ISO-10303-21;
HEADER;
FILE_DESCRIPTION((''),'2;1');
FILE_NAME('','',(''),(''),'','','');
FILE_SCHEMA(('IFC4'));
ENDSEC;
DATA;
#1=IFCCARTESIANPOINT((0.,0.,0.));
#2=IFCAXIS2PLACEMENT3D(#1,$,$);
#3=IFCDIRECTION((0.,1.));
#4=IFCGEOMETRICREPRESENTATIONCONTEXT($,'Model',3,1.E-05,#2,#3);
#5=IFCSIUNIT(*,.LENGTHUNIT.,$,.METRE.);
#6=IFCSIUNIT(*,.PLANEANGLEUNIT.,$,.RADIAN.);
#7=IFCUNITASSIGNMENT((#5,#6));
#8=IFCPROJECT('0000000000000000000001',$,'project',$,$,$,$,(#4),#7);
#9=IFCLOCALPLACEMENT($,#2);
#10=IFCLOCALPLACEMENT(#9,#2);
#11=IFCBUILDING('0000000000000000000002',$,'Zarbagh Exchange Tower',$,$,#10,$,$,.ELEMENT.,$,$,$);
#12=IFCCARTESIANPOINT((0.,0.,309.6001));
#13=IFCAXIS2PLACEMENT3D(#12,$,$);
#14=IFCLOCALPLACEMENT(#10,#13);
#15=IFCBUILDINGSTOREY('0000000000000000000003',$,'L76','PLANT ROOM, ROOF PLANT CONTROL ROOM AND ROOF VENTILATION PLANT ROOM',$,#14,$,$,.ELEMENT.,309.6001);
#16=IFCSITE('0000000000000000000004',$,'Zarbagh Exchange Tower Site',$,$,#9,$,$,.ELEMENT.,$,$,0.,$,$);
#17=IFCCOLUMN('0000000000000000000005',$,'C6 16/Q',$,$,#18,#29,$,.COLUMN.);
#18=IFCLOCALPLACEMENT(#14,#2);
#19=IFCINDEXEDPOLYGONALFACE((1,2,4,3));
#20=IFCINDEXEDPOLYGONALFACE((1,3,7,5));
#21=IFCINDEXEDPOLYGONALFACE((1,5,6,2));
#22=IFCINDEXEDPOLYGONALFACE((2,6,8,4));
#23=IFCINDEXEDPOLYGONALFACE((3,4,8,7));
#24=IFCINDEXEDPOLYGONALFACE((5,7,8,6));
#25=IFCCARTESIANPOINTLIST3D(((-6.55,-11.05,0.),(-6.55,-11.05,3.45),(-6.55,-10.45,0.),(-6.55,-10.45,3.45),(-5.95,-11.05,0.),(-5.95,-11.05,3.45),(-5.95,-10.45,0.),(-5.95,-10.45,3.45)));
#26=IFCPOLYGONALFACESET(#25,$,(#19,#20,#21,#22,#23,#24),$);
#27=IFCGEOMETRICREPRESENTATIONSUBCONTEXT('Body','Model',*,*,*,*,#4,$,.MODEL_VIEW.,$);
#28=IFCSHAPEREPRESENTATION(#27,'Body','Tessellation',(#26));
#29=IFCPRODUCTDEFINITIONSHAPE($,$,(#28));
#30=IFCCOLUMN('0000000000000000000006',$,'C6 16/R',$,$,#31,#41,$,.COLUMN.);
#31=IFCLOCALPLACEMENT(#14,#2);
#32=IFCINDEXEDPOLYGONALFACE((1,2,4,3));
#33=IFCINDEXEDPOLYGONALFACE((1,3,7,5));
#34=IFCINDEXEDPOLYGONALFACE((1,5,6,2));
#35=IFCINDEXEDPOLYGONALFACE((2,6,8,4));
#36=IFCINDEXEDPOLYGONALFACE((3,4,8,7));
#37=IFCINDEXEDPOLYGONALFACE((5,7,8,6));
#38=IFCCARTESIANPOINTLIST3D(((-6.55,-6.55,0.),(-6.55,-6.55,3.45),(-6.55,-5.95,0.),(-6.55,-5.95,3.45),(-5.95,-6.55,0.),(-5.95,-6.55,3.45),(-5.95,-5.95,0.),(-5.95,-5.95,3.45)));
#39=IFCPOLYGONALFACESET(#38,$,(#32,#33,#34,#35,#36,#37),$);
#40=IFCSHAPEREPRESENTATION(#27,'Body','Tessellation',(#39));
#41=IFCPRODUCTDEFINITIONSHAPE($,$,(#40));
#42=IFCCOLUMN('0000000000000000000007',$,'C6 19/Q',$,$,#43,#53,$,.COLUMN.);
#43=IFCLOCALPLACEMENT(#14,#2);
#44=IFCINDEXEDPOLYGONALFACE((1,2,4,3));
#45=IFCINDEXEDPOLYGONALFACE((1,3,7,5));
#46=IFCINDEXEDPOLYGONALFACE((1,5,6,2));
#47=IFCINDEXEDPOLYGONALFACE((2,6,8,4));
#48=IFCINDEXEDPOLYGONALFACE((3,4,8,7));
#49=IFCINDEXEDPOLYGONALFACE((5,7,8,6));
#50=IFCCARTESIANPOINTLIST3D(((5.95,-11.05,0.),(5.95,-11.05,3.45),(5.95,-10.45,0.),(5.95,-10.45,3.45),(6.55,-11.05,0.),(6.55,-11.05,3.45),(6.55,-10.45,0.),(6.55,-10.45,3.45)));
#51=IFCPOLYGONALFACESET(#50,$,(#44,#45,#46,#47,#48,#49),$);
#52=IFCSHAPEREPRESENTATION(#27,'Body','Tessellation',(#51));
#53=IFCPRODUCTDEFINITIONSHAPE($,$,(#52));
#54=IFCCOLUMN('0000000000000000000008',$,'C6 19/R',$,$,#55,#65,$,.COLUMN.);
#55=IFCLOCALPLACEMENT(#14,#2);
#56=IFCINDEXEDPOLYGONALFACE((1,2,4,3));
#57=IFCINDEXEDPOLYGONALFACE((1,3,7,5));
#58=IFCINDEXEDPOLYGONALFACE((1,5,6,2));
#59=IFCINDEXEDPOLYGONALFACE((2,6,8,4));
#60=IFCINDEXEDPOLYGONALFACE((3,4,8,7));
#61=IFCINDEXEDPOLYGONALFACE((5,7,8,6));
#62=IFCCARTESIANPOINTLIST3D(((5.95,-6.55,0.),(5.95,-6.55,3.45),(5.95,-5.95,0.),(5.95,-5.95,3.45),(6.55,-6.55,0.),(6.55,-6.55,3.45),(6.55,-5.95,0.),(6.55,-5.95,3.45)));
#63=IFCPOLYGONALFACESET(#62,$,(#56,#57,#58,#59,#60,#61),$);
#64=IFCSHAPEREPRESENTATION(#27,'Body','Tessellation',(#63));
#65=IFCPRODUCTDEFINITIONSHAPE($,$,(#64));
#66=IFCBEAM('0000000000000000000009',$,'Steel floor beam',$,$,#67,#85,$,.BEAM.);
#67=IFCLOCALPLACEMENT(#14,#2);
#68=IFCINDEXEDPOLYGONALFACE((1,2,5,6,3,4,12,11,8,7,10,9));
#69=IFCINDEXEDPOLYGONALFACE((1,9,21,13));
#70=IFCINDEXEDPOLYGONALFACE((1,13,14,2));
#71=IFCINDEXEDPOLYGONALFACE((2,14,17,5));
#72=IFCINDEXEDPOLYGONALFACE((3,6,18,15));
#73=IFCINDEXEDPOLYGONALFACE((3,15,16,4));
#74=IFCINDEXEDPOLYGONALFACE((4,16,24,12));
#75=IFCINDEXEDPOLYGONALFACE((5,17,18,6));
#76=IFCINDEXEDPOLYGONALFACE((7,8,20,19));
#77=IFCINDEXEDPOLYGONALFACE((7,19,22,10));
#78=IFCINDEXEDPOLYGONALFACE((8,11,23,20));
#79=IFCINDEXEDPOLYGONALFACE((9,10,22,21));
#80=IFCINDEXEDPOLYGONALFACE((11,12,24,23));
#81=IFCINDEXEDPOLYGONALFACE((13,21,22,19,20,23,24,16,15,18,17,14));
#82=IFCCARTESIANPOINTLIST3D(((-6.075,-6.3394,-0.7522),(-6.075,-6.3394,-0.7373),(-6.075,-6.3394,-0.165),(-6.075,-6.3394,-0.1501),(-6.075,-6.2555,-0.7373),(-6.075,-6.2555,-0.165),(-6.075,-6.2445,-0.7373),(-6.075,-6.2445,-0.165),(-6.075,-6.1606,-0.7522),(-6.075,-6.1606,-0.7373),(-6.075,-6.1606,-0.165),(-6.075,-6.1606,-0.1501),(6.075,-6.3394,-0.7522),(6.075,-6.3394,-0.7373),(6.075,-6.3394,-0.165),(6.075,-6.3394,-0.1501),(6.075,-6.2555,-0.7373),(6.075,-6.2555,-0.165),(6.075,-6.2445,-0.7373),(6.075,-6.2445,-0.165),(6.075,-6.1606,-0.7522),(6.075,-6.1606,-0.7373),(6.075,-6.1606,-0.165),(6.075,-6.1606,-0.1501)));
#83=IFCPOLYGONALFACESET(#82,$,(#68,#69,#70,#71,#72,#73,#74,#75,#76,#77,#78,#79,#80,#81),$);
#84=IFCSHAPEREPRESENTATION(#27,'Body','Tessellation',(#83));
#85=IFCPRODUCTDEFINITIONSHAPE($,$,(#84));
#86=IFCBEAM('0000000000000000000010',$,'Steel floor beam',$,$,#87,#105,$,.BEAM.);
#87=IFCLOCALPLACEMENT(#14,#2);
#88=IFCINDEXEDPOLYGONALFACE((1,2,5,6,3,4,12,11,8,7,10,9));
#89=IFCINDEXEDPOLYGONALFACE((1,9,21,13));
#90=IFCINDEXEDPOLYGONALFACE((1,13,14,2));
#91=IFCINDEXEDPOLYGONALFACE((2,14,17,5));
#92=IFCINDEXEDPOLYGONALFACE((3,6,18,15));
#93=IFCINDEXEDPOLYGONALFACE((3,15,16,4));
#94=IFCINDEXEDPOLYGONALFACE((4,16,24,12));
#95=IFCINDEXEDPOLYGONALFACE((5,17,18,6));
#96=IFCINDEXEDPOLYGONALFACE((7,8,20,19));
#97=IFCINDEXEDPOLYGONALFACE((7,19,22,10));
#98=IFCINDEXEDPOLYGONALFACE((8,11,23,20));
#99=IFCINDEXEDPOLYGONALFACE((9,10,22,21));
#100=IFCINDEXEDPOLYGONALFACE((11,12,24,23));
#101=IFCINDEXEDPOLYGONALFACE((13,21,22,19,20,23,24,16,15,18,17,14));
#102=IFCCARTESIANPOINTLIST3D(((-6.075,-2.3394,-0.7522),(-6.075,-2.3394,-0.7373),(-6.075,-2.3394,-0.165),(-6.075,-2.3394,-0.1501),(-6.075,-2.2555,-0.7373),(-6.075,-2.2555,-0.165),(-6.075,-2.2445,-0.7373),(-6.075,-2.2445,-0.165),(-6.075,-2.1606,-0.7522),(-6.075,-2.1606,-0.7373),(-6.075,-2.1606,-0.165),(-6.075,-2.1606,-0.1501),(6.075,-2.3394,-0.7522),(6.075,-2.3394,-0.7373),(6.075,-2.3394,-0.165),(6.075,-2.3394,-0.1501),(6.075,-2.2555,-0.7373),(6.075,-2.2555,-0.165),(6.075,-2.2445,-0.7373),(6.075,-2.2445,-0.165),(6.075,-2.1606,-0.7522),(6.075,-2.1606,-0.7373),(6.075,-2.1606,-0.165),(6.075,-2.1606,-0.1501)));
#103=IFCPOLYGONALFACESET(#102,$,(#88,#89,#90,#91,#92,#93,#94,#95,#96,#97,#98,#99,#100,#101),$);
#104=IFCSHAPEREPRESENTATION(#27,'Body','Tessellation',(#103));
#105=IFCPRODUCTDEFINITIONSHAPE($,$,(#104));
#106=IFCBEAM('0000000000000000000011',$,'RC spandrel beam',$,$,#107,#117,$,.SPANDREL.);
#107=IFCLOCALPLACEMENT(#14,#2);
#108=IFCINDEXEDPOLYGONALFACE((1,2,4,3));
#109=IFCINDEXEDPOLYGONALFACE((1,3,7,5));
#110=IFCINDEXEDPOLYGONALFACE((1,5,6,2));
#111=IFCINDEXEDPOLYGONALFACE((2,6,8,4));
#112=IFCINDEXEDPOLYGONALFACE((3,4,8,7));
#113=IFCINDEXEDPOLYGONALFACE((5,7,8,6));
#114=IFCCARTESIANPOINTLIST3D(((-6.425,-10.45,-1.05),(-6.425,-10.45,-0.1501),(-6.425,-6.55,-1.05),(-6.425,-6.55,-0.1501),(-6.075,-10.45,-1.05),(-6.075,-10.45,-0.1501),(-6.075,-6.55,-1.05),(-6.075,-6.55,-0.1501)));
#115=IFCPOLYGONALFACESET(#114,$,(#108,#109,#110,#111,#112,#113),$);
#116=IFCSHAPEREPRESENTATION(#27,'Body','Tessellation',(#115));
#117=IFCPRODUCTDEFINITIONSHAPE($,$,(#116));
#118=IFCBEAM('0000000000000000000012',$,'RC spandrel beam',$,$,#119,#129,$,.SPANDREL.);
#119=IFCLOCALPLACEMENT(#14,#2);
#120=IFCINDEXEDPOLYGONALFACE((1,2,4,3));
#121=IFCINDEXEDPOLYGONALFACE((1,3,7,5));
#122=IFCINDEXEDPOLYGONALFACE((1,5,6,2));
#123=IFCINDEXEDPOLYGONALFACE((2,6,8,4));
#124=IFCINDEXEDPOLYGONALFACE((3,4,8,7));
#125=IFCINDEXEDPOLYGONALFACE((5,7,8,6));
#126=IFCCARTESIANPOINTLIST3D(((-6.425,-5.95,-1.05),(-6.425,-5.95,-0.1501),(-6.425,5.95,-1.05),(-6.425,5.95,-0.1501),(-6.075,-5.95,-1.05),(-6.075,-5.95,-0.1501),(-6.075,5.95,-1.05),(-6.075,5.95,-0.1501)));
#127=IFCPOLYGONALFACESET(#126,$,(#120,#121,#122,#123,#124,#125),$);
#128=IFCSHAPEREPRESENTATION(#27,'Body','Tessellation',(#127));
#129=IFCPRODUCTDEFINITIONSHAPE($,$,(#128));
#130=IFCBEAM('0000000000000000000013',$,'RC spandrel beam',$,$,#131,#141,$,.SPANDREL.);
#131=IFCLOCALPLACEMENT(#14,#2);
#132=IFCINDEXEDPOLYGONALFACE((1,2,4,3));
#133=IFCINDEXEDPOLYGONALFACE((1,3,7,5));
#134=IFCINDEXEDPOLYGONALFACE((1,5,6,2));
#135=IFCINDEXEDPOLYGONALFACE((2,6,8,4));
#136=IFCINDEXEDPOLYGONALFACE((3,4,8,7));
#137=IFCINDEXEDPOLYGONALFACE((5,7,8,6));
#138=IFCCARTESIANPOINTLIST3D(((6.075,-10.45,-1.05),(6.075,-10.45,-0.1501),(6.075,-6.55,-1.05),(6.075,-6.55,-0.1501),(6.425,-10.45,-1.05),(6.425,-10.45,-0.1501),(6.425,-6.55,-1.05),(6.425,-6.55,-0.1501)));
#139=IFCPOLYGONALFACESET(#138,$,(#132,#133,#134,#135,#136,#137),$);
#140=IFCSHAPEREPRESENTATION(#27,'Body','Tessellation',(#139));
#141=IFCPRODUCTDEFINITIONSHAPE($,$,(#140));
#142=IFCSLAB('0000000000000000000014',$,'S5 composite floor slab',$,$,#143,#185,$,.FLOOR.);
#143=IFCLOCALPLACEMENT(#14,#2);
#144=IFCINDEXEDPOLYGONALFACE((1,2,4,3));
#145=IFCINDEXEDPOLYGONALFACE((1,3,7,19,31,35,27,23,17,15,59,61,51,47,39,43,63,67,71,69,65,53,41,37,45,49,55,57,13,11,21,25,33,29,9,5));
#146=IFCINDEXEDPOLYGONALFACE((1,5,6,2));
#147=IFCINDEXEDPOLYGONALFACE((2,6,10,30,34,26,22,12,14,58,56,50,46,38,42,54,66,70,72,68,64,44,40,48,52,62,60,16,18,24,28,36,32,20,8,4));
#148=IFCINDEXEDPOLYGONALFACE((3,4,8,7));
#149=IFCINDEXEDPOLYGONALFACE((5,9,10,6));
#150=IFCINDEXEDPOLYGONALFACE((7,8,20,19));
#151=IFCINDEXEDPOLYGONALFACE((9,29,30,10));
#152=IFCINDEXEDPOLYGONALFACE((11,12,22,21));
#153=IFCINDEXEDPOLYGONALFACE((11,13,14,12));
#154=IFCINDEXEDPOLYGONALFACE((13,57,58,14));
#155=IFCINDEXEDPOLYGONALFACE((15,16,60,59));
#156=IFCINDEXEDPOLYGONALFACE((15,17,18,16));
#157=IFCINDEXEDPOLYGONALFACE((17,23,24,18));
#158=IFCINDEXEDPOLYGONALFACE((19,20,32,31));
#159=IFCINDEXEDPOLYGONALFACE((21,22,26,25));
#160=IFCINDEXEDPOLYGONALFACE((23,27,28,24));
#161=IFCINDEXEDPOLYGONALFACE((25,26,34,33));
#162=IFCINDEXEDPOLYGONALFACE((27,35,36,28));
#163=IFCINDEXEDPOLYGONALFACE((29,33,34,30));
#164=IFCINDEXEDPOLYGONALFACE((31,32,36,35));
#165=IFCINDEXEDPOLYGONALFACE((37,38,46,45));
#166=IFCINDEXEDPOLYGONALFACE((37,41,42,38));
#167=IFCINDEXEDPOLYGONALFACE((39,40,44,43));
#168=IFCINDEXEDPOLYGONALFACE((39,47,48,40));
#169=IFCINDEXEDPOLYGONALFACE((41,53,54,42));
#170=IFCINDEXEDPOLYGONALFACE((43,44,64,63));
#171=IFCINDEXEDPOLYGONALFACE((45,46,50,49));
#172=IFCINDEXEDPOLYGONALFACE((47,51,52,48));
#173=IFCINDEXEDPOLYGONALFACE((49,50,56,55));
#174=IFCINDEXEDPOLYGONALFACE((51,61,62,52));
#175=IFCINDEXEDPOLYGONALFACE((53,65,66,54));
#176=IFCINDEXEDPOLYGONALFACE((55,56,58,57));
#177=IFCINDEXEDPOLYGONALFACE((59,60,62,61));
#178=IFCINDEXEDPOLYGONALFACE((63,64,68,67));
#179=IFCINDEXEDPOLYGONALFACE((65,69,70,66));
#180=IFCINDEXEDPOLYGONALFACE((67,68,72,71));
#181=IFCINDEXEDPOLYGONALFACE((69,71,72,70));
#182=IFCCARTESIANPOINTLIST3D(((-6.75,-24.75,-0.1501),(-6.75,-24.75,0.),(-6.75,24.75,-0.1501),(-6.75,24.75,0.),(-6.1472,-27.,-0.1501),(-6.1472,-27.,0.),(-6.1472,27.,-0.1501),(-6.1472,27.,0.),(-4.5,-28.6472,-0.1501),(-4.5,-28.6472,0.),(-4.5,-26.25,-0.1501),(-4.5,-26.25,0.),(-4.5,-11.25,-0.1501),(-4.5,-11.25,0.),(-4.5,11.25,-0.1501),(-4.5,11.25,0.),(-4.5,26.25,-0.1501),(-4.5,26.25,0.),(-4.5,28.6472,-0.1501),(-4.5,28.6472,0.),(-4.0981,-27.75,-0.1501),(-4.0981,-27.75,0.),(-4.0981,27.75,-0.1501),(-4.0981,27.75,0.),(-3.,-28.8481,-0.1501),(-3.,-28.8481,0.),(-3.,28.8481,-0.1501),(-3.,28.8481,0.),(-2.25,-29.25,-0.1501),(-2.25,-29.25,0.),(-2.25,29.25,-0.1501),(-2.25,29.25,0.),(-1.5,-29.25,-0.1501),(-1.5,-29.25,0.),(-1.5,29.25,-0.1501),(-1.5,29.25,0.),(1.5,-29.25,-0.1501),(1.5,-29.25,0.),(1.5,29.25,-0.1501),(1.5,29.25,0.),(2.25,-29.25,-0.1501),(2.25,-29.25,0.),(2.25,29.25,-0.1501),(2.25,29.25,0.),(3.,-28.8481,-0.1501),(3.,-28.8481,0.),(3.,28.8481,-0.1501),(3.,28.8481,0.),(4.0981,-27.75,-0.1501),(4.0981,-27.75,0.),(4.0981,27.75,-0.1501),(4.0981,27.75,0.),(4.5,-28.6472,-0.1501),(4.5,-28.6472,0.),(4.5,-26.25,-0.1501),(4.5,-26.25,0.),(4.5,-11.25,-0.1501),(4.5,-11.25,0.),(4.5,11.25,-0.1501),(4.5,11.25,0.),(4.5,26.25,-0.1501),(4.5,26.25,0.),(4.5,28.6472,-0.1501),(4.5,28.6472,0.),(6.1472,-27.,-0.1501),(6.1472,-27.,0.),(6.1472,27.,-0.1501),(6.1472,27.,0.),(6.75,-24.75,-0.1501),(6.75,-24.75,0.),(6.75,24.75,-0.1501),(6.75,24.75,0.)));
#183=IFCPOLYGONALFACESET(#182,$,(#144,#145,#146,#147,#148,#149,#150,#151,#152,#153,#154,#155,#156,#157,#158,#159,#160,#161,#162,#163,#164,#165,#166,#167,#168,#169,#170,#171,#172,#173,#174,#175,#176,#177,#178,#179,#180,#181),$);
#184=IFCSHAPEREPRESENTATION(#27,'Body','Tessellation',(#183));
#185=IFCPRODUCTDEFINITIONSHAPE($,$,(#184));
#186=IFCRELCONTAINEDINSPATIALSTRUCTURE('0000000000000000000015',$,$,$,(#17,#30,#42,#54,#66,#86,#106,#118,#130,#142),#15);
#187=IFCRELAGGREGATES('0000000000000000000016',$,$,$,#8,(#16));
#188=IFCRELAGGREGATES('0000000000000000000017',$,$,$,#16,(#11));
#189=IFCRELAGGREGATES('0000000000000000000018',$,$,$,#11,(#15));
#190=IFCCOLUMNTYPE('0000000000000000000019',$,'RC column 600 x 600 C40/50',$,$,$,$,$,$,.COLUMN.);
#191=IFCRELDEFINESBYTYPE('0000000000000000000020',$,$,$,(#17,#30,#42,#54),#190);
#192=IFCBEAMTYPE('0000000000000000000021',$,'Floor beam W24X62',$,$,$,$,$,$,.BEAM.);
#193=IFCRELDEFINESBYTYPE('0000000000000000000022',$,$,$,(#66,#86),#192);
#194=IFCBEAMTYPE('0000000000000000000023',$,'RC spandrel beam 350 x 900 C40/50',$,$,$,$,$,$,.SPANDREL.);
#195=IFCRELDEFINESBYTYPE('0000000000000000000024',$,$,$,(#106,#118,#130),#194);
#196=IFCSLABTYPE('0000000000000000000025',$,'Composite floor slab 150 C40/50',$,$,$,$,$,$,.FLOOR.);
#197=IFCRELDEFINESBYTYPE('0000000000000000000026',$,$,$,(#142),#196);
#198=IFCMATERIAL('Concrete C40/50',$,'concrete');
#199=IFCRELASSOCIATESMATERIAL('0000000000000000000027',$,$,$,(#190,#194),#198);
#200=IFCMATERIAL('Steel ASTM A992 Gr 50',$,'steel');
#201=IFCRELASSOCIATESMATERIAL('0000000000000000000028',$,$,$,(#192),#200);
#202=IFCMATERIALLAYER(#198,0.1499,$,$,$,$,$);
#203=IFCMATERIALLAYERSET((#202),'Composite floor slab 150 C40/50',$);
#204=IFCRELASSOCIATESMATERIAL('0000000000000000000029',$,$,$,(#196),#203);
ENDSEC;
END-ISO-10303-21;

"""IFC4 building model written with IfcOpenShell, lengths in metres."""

from ifc_helpers import new_model, si_unit, direction, frame, origin, origin_2d, place, context, subcontext, project, spatial, polyline, rectangle, i_section, outline, extrude, material, layer, layer_set, material_profile, profile_set, type_object, element, save


model = new_model("IFC4")

# Units and contexts
model_context = context("Model", 3, precision=1e-05, world=origin(), true_north=direction((0.0, 1.0)))
body_context = subcontext(model_context, "Body", "Model", "MODEL_VIEW")
ifc_project = project(units=[si_unit("LENGTHUNIT", "METRE"), si_unit("PLANEANGLEUNIT", "RADIAN")], contexts=[model_context])

# Site, building, storey
site_placement = place(None, origin())
site = spatial("IfcSite", under=ifc_project, at=site_placement, Name="Zarbagh Exchange Tower Site", CompositionType="ELEMENT", RefElevation=0.0)
building_placement = place(site_placement, origin())
building = spatial("IfcBuilding", under=site, at=building_placement, Name="Zarbagh Exchange Tower", CompositionType="ELEMENT")
storey_placement = place(building_placement, frame((0.0, 0.0, 309.6001)))
storey = spatial("IfcBuildingStorey", under=building, at=storey_placement, Name="L76", Description="PLANT ROOM, ROOF PLANT CONTROL ROOM AND ROOF VENTILATION PLANT ROOM", CompositionType="ELEMENT", Elevation=309.6001)

# Columns
ifc_material_1 = material(Name="Concrete C40/50", Category="concrete")
ifc_material_profile_1 = material_profile(ifc_material_1, rectangle(XDim=0.6001, YDim=0.6001, at=origin_2d()), Name="RC column 600 x 600 C40/50")
ifc_profile_set_1 = profile_set([ifc_material_profile_1], Name="Concrete C40/50")
column_type = type_object("IfcColumnType", Name="RC column 600 x 600 C40/50", PredefinedType="COLUMN", material=ifc_profile_set_1)
for number, where, z_axis, x_axis, name in (
    (1, (-6.25, -10.75, 0.0), (0.0, 0.0, 1.0), (1.0, 0.0, 0.0), "C6 16/Q"),
    (2, (-6.25, -6.25, 0.0), (0.0, 0.0, 1.0), (1.0, 0.0, 0.0), "C6 16/R"),
    (3, (6.25, -10.75, 0.0), (0.0, 0.0, 1.0), (1.0, 0.0, 0.0), "C6 19/Q"),
    (4, (6.25, -6.25, 0.0), (0.0, 0.0, 1.0), (1.0, 0.0, 0.0), "C6 19/R"),
):
    element("IfcColumn", number, at=place(storey_placement, frame(where, z_axis=z_axis, x_axis=x_axis)), inside=storey, type_object=column_type, Name=name, PredefinedType="COLUMN", context=body_context, shape_type="SweptSolid", body=[
        extrude(rectangle(XDim=0.6001, YDim=0.6001, at=origin_2d()), origin(), (0.0, 0.0, 1.0), 3.45),
    ])

# Beams
ifc_material_2 = material(Name="Steel ASTM A992 Gr 50", Category="steel")
ifc_material_profile_2 = material_profile(ifc_material_2, i_section(OverallWidth=0.1787, OverallDepth=0.6021, WebThickness=0.011, FlangeThickness=0.0149, at=origin_2d()), Name="W24X62")
ifc_profile_set_2 = profile_set([ifc_material_profile_2], Name="Steel ASTM A992 Gr 50")
beam_type_1 = type_object("IfcBeamType", Name="Floor beam W24X62", PredefinedType="BEAM", material=ifc_profile_set_2)
for number, where, z_axis, x_axis, name in (
    (5, (-6.075, -6.25, -0.4512), (1.0, 0.0, 0.0), (0.0, 1.0, 0.0), "Steel floor beam"),
    (6, (-6.075, -2.25, -0.4512), (1.0, 0.0, 0.0), (0.0, 1.0, 0.0), "Steel floor beam"),
):
    element("IfcBeam", number, at=place(storey_placement, frame(where, z_axis=z_axis, x_axis=x_axis)), inside=storey, type_object=beam_type_1, Name=name, PredefinedType="BEAM", context=body_context, shape_type="SweptSolid", body=[
        extrude(i_section(OverallWidth=0.1787, OverallDepth=0.6021, WebThickness=0.011, FlangeThickness=0.0149, at=origin_2d()), origin(), (0.0, 0.0, 1.0), 12.1499),
    ])
ifc_material_profile_3 = material_profile(ifc_material_1, rectangle(XDim=0.3501, YDim=0.8999, at=origin_2d()), Name="RC spandrel beam 350 x 900 C40/50")
ifc_profile_set_3 = profile_set([ifc_material_profile_3], Name="Concrete C40/50")
beam_type_2 = type_object("IfcBeamType", Name="RC spandrel beam 350 x 900 C40/50", PredefinedType="SPANDREL", material=ifc_profile_set_3)
beam_1_placement = place(storey_placement, frame((-6.25, -10.45, -0.6001), z_axis=(0.0, 1.0, 0.0), x_axis=(-1.0, 0.0, 0.0)))
element("IfcBeam", 7, at=beam_1_placement, inside=storey, type_object=beam_type_2, Name="RC spandrel beam", PredefinedType="SPANDREL", context=body_context, shape_type="SweptSolid", body=[
    extrude(rectangle(XDim=0.3501, YDim=0.8999, at=origin_2d()), origin(), (0.0, 0.0, 1.0), 3.8999),
])
beam_2_placement = place(storey_placement, frame((-6.25, -5.95, -0.6001), z_axis=(0.0, 1.0, 0.0), x_axis=(-1.0, 0.0, 0.0)))
element("IfcBeam", 8, at=beam_2_placement, inside=storey, type_object=beam_type_2, Name="RC spandrel beam", PredefinedType="SPANDREL", context=body_context, shape_type="SweptSolid", body=[
    extrude(rectangle(XDim=0.3501, YDim=0.8999, at=origin_2d()), origin(), (0.0, 0.0, 1.0), 11.8999),
])
beam_3_placement = place(storey_placement, frame((6.25, -6.55, -0.6001), z_axis=(0.0, -1.0, 0.0), x_axis=(1.0, 0.0, 0.0)))
element("IfcBeam", 9, at=beam_3_placement, inside=storey, type_object=beam_type_2, Name="RC spandrel beam", PredefinedType="SPANDREL", context=body_context, shape_type="SweptSolid", body=[
    extrude(rectangle(XDim=0.3501, YDim=0.8999, at=origin_2d()), origin(), (0.0, 0.0, 1.0), 3.8999),
])

# Slab
ifc_layer_1 = layer(ifc_material_1, 0.1499)
ifc_layer_set_1 = layer_set([ifc_layer_1], Name="Composite floor slab 150 C40/50")
slab_type_1 = type_object("IfcSlabType", Name="Composite floor slab 150 C40/50", PredefinedType="FLOOR", material=ifc_layer_set_1)
slab_1_placement = place(storey_placement, frame((0.0, 0.0, -0.1501)))
element("IfcSlab", 10, at=slab_1_placement, inside=storey, type_object=slab_type_1, Name="S5 composite floor slab", PredefinedType="FLOOR", context=body_context, shape_type="SweptSolid", body=[
    extrude(outline(polyline([(1.5, -29.25), (3.0, -28.8481), (4.0981, -27.75), (4.5, -26.25), (4.5, -11.25), (-4.5, -11.25), (-4.5, -26.25), (-4.0981, -27.75), (-3.0, -28.8481), (-1.5, -29.25), (-2.25, -29.25), (-4.5, -28.6472), (-6.1472, -27.0), (-6.75, -24.75), (-6.75, 24.75), (-6.1472, 27.0), (-4.5, 28.6472), (-2.25, 29.25), (-1.5, 29.25), (-3.0, 28.8481), (-4.0981, 27.75), (-4.5, 26.25), (-4.5, 11.25), (4.5, 11.25), (4.5, 26.25), (4.0981, 27.75), (3.0, 28.8481), (1.5, 29.25), (2.25, 29.25), (4.5, 28.6472), (6.1472, 27.0), (6.75, 24.75), (6.75, -24.75), (6.1472, -27.0), (4.5, -28.6472), (2.25, -29.25), (1.5, -29.25)])), origin(), (0.0, 0.0, 1.0), 0.1501),
])

save(model, "model.ifc")
